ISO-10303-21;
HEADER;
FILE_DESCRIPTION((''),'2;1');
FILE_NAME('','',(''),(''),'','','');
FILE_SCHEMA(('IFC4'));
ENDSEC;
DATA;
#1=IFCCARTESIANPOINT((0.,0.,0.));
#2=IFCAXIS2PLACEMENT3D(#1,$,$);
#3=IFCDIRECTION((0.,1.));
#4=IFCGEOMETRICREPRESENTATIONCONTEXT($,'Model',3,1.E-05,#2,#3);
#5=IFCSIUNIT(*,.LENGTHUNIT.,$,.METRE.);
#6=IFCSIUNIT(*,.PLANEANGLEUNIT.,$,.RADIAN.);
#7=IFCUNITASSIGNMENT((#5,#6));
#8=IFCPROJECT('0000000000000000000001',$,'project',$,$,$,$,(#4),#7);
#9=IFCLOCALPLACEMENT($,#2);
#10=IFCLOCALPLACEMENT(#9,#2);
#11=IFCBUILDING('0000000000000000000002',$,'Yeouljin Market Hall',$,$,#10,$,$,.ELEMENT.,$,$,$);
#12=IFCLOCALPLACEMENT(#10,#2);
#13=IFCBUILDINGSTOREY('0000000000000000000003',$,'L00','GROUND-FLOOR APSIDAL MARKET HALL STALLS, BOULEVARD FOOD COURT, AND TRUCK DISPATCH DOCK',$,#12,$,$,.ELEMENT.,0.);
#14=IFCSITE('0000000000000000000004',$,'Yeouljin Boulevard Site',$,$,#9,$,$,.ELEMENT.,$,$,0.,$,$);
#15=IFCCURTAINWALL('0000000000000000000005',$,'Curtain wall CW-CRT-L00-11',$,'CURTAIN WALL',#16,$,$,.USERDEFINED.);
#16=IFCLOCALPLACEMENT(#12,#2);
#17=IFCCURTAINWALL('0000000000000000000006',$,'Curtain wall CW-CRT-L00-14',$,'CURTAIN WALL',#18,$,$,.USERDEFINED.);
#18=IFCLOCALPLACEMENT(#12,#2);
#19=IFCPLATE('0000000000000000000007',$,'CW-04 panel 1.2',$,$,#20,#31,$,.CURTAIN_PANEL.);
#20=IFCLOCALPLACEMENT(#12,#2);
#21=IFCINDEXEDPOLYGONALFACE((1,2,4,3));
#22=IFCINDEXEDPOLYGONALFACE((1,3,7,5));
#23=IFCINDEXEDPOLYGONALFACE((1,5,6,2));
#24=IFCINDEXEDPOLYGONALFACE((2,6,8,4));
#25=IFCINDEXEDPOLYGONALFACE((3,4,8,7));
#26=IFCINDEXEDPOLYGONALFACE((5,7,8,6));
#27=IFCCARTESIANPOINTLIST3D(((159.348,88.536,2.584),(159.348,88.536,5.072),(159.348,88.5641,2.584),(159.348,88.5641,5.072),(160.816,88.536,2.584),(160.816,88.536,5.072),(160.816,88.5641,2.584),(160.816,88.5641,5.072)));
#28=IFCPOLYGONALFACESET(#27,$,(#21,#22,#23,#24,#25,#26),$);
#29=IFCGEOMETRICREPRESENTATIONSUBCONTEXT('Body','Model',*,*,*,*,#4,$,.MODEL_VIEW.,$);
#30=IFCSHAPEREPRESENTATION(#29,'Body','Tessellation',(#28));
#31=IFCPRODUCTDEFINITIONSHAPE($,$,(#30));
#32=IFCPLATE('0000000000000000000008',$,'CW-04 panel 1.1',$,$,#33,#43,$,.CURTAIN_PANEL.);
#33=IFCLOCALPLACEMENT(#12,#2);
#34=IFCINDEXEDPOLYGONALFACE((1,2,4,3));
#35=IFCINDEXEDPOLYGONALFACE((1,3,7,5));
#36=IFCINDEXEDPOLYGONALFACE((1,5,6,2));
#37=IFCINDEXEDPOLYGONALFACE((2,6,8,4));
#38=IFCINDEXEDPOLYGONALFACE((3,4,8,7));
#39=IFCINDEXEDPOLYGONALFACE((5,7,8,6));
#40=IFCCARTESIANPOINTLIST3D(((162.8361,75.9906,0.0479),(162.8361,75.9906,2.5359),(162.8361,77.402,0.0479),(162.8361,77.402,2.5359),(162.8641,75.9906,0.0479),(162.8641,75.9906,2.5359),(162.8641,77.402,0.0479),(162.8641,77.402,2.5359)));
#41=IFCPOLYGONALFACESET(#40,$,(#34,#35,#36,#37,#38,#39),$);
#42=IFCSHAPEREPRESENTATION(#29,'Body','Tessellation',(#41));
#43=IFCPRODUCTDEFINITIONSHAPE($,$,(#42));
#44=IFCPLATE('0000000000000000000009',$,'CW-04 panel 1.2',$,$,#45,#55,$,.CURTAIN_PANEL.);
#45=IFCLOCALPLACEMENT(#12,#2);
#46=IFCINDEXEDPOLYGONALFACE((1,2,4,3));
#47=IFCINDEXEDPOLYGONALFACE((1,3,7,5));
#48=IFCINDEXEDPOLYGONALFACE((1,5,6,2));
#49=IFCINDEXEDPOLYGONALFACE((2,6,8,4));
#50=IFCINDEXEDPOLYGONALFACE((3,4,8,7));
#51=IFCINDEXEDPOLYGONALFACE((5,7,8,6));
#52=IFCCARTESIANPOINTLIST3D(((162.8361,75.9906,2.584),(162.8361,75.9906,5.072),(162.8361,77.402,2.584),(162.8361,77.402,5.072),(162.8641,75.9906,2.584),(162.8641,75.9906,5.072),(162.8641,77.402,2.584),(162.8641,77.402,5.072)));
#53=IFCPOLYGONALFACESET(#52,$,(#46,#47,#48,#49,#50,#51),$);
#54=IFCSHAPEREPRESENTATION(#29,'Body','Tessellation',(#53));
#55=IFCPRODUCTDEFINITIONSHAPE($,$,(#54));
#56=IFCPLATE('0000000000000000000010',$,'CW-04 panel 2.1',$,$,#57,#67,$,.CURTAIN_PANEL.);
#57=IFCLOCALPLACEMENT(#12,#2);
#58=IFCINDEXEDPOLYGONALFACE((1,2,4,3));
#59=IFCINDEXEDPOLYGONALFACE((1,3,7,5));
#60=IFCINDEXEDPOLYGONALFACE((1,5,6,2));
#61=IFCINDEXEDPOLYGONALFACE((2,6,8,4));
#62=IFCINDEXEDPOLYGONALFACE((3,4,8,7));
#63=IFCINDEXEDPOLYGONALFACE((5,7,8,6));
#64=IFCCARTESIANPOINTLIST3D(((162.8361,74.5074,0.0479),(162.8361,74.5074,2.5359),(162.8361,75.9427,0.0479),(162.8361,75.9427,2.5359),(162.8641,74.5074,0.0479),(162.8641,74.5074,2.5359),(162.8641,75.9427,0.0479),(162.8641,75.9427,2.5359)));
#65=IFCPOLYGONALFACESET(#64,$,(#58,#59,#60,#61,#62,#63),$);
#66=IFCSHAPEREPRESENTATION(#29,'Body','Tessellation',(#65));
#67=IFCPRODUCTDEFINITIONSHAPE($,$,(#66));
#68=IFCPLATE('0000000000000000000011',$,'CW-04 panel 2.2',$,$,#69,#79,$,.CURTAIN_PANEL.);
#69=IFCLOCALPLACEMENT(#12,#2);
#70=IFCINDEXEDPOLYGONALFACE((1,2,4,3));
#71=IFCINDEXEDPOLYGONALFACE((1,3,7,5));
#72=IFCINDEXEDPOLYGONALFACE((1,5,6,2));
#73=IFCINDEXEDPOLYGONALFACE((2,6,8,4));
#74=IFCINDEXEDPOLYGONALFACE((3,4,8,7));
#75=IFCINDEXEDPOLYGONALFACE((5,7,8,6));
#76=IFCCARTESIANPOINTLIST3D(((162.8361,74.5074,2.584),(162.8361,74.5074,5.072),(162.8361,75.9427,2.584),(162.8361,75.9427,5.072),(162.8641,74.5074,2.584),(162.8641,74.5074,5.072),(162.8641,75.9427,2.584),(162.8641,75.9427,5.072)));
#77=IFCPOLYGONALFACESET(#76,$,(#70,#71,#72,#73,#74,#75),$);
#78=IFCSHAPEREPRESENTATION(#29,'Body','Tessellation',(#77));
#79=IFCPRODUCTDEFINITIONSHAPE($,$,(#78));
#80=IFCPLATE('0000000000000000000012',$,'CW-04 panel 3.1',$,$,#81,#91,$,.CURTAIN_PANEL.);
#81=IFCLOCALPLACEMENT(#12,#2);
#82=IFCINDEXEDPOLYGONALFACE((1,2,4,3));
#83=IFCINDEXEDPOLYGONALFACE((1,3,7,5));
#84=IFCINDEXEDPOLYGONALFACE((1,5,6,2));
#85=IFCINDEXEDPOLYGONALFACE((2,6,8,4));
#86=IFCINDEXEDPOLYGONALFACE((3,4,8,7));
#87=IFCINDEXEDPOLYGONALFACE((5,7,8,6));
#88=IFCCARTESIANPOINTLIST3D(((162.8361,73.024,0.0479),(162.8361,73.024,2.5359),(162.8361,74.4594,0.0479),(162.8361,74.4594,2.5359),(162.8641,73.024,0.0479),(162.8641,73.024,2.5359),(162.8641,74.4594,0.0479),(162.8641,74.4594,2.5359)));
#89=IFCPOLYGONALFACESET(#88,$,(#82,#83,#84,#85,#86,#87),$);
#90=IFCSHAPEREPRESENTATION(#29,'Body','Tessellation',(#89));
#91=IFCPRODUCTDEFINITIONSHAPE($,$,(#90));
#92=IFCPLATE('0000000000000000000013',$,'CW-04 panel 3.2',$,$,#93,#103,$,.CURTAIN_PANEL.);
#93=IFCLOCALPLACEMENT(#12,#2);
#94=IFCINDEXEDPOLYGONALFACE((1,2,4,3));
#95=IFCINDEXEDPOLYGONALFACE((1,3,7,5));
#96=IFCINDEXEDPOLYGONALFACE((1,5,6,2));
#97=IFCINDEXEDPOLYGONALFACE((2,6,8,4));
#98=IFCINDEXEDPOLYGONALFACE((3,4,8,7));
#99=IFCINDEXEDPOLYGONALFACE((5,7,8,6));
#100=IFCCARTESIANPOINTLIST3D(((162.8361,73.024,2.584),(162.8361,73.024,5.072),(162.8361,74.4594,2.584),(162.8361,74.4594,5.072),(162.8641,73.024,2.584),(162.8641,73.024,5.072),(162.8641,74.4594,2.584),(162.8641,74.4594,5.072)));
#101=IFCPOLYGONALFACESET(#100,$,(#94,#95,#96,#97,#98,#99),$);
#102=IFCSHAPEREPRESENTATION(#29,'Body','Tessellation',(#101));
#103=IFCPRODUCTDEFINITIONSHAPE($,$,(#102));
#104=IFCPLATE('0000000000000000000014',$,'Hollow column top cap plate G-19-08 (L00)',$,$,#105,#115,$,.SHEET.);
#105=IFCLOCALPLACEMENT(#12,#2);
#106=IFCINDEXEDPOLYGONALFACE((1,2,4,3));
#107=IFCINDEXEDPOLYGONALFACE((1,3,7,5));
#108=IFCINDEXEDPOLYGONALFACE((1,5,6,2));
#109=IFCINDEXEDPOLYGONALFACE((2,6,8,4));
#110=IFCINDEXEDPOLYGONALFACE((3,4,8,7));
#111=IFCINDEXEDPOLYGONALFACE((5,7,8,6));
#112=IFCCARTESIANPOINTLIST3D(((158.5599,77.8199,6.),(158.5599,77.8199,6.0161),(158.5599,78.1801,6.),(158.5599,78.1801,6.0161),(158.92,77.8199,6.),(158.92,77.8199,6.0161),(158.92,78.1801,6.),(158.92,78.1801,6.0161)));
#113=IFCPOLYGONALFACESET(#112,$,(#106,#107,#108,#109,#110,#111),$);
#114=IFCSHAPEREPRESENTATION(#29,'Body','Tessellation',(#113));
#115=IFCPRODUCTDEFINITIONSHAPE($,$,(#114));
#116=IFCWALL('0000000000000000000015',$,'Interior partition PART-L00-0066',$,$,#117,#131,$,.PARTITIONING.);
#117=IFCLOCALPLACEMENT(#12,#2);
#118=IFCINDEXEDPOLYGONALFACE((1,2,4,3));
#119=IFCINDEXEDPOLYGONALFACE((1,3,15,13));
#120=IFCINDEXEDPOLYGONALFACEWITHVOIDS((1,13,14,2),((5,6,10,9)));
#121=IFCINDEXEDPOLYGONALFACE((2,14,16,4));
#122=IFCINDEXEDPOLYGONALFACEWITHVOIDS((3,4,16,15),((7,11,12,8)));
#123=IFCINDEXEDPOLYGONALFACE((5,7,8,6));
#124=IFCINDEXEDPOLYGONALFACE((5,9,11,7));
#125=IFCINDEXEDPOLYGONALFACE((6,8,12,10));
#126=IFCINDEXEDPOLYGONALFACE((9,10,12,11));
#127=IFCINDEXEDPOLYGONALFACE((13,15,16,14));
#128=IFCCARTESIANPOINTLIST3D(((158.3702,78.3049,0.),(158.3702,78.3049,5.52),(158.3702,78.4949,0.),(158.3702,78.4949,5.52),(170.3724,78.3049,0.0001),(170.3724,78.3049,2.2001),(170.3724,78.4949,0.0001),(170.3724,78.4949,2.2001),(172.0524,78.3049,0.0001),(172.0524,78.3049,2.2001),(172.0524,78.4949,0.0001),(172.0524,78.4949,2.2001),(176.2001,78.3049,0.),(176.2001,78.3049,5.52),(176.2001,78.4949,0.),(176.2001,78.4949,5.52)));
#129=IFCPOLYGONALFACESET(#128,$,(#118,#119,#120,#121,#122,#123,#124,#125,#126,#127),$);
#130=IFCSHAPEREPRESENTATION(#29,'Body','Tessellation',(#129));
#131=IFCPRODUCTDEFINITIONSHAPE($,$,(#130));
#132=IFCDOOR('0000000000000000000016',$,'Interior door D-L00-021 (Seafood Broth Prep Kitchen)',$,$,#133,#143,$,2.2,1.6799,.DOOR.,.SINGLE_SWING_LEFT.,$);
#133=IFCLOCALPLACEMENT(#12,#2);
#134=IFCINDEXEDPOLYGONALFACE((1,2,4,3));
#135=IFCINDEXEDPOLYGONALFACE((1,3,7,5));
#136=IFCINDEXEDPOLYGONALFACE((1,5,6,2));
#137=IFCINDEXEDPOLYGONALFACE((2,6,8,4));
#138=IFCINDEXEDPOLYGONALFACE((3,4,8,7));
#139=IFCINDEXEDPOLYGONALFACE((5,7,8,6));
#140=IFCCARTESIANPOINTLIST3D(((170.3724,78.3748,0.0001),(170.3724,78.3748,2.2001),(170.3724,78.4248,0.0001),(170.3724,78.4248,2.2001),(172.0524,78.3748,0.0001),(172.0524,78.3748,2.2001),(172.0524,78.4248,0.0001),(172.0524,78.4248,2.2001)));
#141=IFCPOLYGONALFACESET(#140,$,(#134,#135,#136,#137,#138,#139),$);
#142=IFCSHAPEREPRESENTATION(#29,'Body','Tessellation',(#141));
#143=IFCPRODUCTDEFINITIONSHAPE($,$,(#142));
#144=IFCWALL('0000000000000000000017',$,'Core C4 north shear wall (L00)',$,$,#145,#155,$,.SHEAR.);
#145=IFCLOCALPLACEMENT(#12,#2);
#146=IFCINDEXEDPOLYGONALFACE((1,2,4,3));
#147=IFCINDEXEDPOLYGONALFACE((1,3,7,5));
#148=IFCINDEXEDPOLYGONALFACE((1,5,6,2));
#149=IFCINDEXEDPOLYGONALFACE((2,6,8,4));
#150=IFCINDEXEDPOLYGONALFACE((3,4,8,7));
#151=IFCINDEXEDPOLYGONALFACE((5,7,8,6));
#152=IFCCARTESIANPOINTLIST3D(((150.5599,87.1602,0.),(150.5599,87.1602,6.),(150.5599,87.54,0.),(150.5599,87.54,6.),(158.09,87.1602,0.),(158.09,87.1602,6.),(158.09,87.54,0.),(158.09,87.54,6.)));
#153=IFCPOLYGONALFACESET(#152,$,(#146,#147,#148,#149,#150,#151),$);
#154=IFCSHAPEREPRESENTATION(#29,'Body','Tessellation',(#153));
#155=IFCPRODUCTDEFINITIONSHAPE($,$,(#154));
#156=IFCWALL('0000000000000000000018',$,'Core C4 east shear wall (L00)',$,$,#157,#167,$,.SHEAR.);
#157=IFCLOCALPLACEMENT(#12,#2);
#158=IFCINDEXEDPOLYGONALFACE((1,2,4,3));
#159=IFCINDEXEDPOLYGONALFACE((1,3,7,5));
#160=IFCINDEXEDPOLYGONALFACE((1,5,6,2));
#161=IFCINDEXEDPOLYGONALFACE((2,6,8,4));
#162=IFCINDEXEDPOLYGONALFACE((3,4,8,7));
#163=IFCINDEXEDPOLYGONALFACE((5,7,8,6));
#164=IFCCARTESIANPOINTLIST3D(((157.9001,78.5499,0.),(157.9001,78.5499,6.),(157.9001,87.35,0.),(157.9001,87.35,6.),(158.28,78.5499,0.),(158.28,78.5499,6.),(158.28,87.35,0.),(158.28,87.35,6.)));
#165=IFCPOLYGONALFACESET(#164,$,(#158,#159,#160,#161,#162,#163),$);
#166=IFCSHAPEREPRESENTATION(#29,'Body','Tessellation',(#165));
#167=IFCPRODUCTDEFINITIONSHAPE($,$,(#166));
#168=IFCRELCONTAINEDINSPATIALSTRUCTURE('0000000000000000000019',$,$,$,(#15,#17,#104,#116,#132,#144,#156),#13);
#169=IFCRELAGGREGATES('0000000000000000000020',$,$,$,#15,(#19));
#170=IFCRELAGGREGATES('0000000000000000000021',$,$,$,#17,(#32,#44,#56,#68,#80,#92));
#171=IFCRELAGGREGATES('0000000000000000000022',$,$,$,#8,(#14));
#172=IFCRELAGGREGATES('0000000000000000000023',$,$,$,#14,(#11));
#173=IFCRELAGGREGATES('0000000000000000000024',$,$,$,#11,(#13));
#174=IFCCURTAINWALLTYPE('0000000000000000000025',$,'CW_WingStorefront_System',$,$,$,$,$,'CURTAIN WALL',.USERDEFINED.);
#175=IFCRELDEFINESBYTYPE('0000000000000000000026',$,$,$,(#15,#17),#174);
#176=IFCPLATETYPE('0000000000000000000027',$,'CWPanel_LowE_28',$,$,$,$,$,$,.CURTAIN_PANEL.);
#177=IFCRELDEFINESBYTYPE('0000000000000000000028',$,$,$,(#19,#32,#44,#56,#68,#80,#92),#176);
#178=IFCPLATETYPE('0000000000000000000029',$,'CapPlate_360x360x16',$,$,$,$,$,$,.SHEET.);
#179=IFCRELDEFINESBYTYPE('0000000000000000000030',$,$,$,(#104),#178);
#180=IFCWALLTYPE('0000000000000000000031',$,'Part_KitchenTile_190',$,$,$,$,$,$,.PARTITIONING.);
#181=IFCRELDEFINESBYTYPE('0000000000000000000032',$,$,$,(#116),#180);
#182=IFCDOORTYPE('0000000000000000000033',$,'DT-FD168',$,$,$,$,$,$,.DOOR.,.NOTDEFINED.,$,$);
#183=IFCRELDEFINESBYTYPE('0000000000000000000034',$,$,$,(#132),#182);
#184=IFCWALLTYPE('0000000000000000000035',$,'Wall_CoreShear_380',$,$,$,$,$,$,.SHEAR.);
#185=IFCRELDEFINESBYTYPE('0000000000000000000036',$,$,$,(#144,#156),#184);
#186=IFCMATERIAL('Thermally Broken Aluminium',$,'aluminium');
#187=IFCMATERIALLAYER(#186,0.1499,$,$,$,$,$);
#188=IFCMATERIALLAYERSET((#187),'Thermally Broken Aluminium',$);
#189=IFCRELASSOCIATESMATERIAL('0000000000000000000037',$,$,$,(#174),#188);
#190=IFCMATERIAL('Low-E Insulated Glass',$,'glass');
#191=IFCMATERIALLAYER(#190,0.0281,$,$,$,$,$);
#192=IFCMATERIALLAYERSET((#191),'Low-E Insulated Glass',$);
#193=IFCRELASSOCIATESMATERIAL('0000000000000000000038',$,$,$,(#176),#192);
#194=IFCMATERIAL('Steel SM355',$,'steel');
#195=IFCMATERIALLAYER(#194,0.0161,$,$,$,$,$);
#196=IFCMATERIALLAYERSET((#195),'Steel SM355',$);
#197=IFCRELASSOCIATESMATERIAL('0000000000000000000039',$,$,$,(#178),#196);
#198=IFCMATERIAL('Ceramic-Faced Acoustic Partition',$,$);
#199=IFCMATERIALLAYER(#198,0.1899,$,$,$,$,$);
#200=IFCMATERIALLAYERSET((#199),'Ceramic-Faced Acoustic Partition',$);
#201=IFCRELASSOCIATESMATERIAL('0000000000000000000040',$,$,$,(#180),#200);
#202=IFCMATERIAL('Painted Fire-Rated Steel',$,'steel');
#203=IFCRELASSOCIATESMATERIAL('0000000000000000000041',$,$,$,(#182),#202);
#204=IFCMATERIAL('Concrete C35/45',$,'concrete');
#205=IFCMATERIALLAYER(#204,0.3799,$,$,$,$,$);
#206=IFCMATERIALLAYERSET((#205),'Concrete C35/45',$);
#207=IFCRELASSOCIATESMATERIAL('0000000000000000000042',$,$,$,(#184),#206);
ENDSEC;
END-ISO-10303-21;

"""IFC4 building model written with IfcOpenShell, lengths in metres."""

from ifc_helpers import new_model, si_unit, direction, frame, frame_2d, origin, origin_2d, place, context, subcontext, project, spatial, rectangle, extrude, material, layer, layer_set, type_object, element, fill, aggregate, save


model = new_model("IFC4")

# Units and contexts
model_context = context("Model", 3, precision=1e-05, world=origin(), true_north=direction((0.0, 1.0)))
body_context = subcontext(model_context, "Body", "Model", "MODEL_VIEW")
ifc_project = project(units=[si_unit("LENGTHUNIT", "METRE"), si_unit("PLANEANGLEUNIT", "RADIAN")], contexts=[model_context])

# Site, building, storey
site_placement = place(None, origin())
site = spatial("IfcSite", under=ifc_project, at=site_placement, Name="Yeouljin Boulevard Site", CompositionType="ELEMENT", RefElevation=0.0)
building_placement = place(site_placement, origin())
building = spatial("IfcBuilding", under=site, at=building_placement, Name="Yeouljin Market Hall", CompositionType="ELEMENT")
storey_placement = place(building_placement, origin())
storey = spatial("IfcBuildingStorey", under=building, at=storey_placement, Name="L00", Description="GROUND-FLOOR APSIDAL MARKET HALL STALLS, BOULEVARD FOOD COURT, AND TRUCK DISPATCH DOCK", CompositionType="ELEMENT", Elevation=0.0)

# Shared definitions
ifc_material_1 = material(Name="Thermally Broken Aluminium", Category="aluminium")
ifc_layer_1 = layer(ifc_material_1, 0.1499)
ifc_layer_set_1 = layer_set([ifc_layer_1], Name="Thermally Broken Aluminium")
curtain_wall_type = type_object("IfcCurtainWallType", Name="CW_WingStorefront_System", ElementType="CURTAIN WALL", PredefinedType="USERDEFINED", material=ifc_layer_set_1)

# Curtain walls
curtain_wall_1_placement = place(storey_placement, origin())
curtain_wall_1 = element("IfcCurtainWall", 1, at=curtain_wall_1_placement, inside=storey, type_object=curtain_wall_type, Name="Curtain wall CW-CRT-L00-11", ObjectType="CURTAIN WALL", PredefinedType="USERDEFINED")
curtain_wall_2_placement = place(storey_placement, origin())
curtain_wall_2 = element("IfcCurtainWall", 2, at=curtain_wall_2_placement, inside=storey, type_object=curtain_wall_type, Name="Curtain wall CW-CRT-L00-14", ObjectType="CURTAIN WALL", PredefinedType="USERDEFINED")

# Plates
ifc_material_2 = material(Name="Low-E Insulated Glass", Category="glass")
ifc_layer_2 = layer(ifc_material_2, 0.0281)
ifc_layer_set_2 = layer_set([ifc_layer_2], Name="Low-E Insulated Glass")
plate_type_1 = type_object("IfcPlateType", Name="CWPanel_LowE_28", PredefinedType="CURTAIN_PANEL", material=ifc_layer_set_2)
plate_1_placement = place(storey_placement, frame((160.082, 88.55, 2.584), z_axis=(0.0, 0.0, 1.0), x_axis=(1.0, 0.0, 0.0)))
plate_1 = element("IfcPlate", 3, at=plate_1_placement, type_object=plate_type_1, Name="CW-04 panel 1.2", PredefinedType="CURTAIN_PANEL", context=body_context, shape_type="SweptSolid", body=[
    extrude(rectangle(XDim=1.468, YDim=0.0281, at=origin_2d()), origin(), (0.0, 0.0, 1.0), 2.488),
])
aggregate(curtain_wall_1, [plate_1])
plate_2_placement = place(storey_placement, frame((162.8501, 76.6963, 0.0479), z_axis=(0.0, 0.0, 1.0), x_axis=(0.0, -1.0, 0.0)))
plate_2 = element("IfcPlate", 4, at=plate_2_placement, type_object=plate_type_1, Name="CW-04 panel 1.1", PredefinedType="CURTAIN_PANEL", context=body_context, shape_type="SweptSolid", body=[
    extrude(rectangle(XDim=1.4114, YDim=0.0281, at=origin_2d()), origin(), (0.0, 0.0, 1.0), 2.488),
])
plate_3_placement = place(storey_placement, frame((162.8501, 76.6963, 2.584), z_axis=(0.0, 0.0, 1.0), x_axis=(0.0, -1.0, 0.0)))
plate_3 = element("IfcPlate", 5, at=plate_3_placement, type_object=plate_type_1, Name="CW-04 panel 1.2", PredefinedType="CURTAIN_PANEL", context=body_context, shape_type="SweptSolid", body=[
    extrude(rectangle(XDim=1.4114, YDim=0.0281, at=origin_2d()), origin(), (0.0, 0.0, 1.0), 2.488),
])
plate_4_placement = place(storey_placement, frame((162.8501, 75.2251, 0.0479), z_axis=(0.0, 0.0, 1.0), x_axis=(0.0, -1.0, 0.0)))
plate_4 = element("IfcPlate", 6, at=plate_4_placement, type_object=plate_type_1, Name="CW-04 panel 2.1", PredefinedType="CURTAIN_PANEL", context=body_context, shape_type="SweptSolid", body=[
    extrude(rectangle(XDim=1.4353, YDim=0.0281, at=origin_2d()), origin(), (0.0, 0.0, 1.0), 2.488),
])
plate_5_placement = place(storey_placement, frame((162.8501, 75.2251, 2.584), z_axis=(0.0, 0.0, 1.0), x_axis=(0.0, -1.0, 0.0)))
plate_5 = element("IfcPlate", 7, at=plate_5_placement, type_object=plate_type_1, Name="CW-04 panel 2.2", PredefinedType="CURTAIN_PANEL", context=body_context, shape_type="SweptSolid", body=[
    extrude(rectangle(XDim=1.4353, YDim=0.0281, at=origin_2d()), origin(), (0.0, 0.0, 1.0), 2.488),
])
plate_6_placement = place(storey_placement, frame((162.8501, 73.7417, 0.0479), z_axis=(0.0, 0.0, 1.0), x_axis=(0.0, -1.0, 0.0)))
plate_6 = element("IfcPlate", 8, at=plate_6_placement, type_object=plate_type_1, Name="CW-04 panel 3.1", PredefinedType="CURTAIN_PANEL", context=body_context, shape_type="SweptSolid", body=[
    extrude(rectangle(XDim=1.4353, YDim=0.0281, at=origin_2d()), origin(), (0.0, 0.0, 1.0), 2.488),
])
plate_7_placement = place(storey_placement, frame((162.8501, 73.7417, 2.584), z_axis=(0.0, 0.0, 1.0), x_axis=(0.0, -1.0, 0.0)))
plate_7 = element("IfcPlate", 9, at=plate_7_placement, type_object=plate_type_1, Name="CW-04 panel 3.2", PredefinedType="CURTAIN_PANEL", context=body_context, shape_type="SweptSolid", body=[
    extrude(rectangle(XDim=1.4353, YDim=0.0281, at=origin_2d()), origin(), (0.0, 0.0, 1.0), 2.488),
])
aggregate(curtain_wall_2, [plate_2, plate_3, plate_4, plate_5, plate_6, plate_7])
ifc_material_3 = material(Name="Steel SM355", Category="steel")
ifc_layer_3 = layer(ifc_material_3, 0.0161)
ifc_layer_set_3 = layer_set([ifc_layer_3], Name="Steel SM355")
plate_type_2 = type_object("IfcPlateType", Name="CapPlate_360x360x16", PredefinedType="SHEET", material=ifc_layer_set_3)
plate_8_placement = place(storey_placement, frame((158.74, 78.0, 6.0), z_axis=(0.0, 0.0, 1.0), x_axis=(1.0, 0.0, 0.0)))
element("IfcPlate", 10, at=plate_8_placement, inside=storey, type_object=plate_type_2, Name="Hollow column top cap plate G-19-08 (L00)", PredefinedType="SHEET", context=body_context, shape_type="SweptSolid", body=[
    extrude(rectangle(XDim=0.3601, YDim=0.3601, at=origin_2d()), origin(), (0.0, 0.0, 1.0), 0.0161),
])

# Wall, opening, door
ifc_material_4 = material(Name="Ceramic-Faced Acoustic Partition")
ifc_layer_4 = layer(ifc_material_4, 0.1899)
ifc_layer_set_4 = layer_set([ifc_layer_4], Name="Ceramic-Faced Acoustic Partition")
wall_type_1 = type_object("IfcWallType", Name="Part_KitchenTile_190", PredefinedType="PARTITIONING", material=ifc_layer_set_4)
wall_1_placement = place(storey_placement, frame((158.3701, 78.3999, 0.0), z_axis=(0.0, 0.0, 1.0), x_axis=(1.0, 0.0, 0.0)))
wall_1 = element("IfcWall", 11, at=wall_1_placement, inside=storey, type_object=wall_type_1, Name="Interior partition PART-L00-0066", PredefinedType="PARTITIONING", context=body_context, shape_type="SweptSolid", body=[
    extrude(rectangle(XDim=17.8298, YDim=0.1899, at=frame_2d((8.915, 0.0))), origin(), (0.0, 0.0, 1.0), 5.52),
])
opening_placement = place(wall_1_placement, frame((12.0024, 0.0, 0.0)))
opening = element("IfcOpeningElement", 12, at=opening_placement, cuts=wall_1, PredefinedType="OPENING", context=body_context, shape_type="SweptSolid", body=[
    extrude(rectangle(XDim=1.6799, YDim=2.2, at=frame_2d((0.8398, 1.1001))), frame((0.0, 0.105, 0.0), z_axis=(0.0, -1.0, 0.0), x_axis=(1.0, 0.0, 0.0)), (0.0, 0.0, 1.0), 0.21),
])
ifc_material_5 = material(Name="Painted Fire-Rated Steel", Category="steel")
door_type = type_object("IfcDoorType", Name="DT-FD168", OperationType="NOTDEFINED", PredefinedType="DOOR", material=ifc_material_5)
door_placement = place(opening_placement, origin())
door = element("IfcDoor", 13, at=door_placement, inside=storey, type_object=door_type, Name="Interior door D-L00-021 (Seafood Broth Prep Kitchen)", OperationType="SINGLE_SWING_LEFT", OverallHeight=2.2, OverallWidth=1.6799, PredefinedType="DOOR", context=body_context, shape_type="SweptSolid", body=[
    extrude(rectangle(XDim=1.6799, YDim=2.2, at=frame_2d((0.8398, 1.1001))), frame((0.0, 0.0249, 0.0), z_axis=(0.0, -1.0, 0.0), x_axis=(1.0, 0.0, 0.0)), (0.0, 0.0, 1.0), 0.05),
])
fill(opening, door)

# Walls
ifc_material_6 = material(Name="Concrete C35/45", Category="concrete")
ifc_layer_5 = layer(ifc_material_6, 0.3799)
ifc_layer_set_5 = layer_set([ifc_layer_5], Name="Concrete C35/45")
wall_type_2 = type_object("IfcWallType", Name="Wall_CoreShear_380", PredefinedType="SHEAR", material=ifc_layer_set_5)
wall_2_placement = place(storey_placement, frame((158.0901, 87.3501, 0.0), z_axis=(0.0, 0.0, 1.0), x_axis=(-1.0, 0.0, 0.0)))
element("IfcWall", 14, at=wall_2_placement, inside=storey, type_object=wall_type_2, Name="Core C4 north shear wall (L00)", PredefinedType="SHEAR", context=body_context, shape_type="SweptSolid", body=[
    extrude(rectangle(XDim=7.53, YDim=0.3799, at=frame_2d((3.7651, 0.0))), origin(), (0.0, 0.0, 1.0), 6.0),
])
wall_3_placement = place(storey_placement, frame((158.0901, 78.55, 0.0), z_axis=(0.0, 0.0, 1.0), x_axis=(0.0, 1.0, 0.0)))
element("IfcWall", 15, at=wall_3_placement, inside=storey, type_object=wall_type_2, Name="Core C4 east shear wall (L00)", PredefinedType="SHEAR", context=body_context, shape_type="SweptSolid", body=[
    extrude(rectangle(XDim=8.8, YDim=0.3799, at=frame_2d((4.3999, 0.0))), origin(), (0.0, 0.0, 1.0), 6.0),
])

save(model, "model.ifc")
